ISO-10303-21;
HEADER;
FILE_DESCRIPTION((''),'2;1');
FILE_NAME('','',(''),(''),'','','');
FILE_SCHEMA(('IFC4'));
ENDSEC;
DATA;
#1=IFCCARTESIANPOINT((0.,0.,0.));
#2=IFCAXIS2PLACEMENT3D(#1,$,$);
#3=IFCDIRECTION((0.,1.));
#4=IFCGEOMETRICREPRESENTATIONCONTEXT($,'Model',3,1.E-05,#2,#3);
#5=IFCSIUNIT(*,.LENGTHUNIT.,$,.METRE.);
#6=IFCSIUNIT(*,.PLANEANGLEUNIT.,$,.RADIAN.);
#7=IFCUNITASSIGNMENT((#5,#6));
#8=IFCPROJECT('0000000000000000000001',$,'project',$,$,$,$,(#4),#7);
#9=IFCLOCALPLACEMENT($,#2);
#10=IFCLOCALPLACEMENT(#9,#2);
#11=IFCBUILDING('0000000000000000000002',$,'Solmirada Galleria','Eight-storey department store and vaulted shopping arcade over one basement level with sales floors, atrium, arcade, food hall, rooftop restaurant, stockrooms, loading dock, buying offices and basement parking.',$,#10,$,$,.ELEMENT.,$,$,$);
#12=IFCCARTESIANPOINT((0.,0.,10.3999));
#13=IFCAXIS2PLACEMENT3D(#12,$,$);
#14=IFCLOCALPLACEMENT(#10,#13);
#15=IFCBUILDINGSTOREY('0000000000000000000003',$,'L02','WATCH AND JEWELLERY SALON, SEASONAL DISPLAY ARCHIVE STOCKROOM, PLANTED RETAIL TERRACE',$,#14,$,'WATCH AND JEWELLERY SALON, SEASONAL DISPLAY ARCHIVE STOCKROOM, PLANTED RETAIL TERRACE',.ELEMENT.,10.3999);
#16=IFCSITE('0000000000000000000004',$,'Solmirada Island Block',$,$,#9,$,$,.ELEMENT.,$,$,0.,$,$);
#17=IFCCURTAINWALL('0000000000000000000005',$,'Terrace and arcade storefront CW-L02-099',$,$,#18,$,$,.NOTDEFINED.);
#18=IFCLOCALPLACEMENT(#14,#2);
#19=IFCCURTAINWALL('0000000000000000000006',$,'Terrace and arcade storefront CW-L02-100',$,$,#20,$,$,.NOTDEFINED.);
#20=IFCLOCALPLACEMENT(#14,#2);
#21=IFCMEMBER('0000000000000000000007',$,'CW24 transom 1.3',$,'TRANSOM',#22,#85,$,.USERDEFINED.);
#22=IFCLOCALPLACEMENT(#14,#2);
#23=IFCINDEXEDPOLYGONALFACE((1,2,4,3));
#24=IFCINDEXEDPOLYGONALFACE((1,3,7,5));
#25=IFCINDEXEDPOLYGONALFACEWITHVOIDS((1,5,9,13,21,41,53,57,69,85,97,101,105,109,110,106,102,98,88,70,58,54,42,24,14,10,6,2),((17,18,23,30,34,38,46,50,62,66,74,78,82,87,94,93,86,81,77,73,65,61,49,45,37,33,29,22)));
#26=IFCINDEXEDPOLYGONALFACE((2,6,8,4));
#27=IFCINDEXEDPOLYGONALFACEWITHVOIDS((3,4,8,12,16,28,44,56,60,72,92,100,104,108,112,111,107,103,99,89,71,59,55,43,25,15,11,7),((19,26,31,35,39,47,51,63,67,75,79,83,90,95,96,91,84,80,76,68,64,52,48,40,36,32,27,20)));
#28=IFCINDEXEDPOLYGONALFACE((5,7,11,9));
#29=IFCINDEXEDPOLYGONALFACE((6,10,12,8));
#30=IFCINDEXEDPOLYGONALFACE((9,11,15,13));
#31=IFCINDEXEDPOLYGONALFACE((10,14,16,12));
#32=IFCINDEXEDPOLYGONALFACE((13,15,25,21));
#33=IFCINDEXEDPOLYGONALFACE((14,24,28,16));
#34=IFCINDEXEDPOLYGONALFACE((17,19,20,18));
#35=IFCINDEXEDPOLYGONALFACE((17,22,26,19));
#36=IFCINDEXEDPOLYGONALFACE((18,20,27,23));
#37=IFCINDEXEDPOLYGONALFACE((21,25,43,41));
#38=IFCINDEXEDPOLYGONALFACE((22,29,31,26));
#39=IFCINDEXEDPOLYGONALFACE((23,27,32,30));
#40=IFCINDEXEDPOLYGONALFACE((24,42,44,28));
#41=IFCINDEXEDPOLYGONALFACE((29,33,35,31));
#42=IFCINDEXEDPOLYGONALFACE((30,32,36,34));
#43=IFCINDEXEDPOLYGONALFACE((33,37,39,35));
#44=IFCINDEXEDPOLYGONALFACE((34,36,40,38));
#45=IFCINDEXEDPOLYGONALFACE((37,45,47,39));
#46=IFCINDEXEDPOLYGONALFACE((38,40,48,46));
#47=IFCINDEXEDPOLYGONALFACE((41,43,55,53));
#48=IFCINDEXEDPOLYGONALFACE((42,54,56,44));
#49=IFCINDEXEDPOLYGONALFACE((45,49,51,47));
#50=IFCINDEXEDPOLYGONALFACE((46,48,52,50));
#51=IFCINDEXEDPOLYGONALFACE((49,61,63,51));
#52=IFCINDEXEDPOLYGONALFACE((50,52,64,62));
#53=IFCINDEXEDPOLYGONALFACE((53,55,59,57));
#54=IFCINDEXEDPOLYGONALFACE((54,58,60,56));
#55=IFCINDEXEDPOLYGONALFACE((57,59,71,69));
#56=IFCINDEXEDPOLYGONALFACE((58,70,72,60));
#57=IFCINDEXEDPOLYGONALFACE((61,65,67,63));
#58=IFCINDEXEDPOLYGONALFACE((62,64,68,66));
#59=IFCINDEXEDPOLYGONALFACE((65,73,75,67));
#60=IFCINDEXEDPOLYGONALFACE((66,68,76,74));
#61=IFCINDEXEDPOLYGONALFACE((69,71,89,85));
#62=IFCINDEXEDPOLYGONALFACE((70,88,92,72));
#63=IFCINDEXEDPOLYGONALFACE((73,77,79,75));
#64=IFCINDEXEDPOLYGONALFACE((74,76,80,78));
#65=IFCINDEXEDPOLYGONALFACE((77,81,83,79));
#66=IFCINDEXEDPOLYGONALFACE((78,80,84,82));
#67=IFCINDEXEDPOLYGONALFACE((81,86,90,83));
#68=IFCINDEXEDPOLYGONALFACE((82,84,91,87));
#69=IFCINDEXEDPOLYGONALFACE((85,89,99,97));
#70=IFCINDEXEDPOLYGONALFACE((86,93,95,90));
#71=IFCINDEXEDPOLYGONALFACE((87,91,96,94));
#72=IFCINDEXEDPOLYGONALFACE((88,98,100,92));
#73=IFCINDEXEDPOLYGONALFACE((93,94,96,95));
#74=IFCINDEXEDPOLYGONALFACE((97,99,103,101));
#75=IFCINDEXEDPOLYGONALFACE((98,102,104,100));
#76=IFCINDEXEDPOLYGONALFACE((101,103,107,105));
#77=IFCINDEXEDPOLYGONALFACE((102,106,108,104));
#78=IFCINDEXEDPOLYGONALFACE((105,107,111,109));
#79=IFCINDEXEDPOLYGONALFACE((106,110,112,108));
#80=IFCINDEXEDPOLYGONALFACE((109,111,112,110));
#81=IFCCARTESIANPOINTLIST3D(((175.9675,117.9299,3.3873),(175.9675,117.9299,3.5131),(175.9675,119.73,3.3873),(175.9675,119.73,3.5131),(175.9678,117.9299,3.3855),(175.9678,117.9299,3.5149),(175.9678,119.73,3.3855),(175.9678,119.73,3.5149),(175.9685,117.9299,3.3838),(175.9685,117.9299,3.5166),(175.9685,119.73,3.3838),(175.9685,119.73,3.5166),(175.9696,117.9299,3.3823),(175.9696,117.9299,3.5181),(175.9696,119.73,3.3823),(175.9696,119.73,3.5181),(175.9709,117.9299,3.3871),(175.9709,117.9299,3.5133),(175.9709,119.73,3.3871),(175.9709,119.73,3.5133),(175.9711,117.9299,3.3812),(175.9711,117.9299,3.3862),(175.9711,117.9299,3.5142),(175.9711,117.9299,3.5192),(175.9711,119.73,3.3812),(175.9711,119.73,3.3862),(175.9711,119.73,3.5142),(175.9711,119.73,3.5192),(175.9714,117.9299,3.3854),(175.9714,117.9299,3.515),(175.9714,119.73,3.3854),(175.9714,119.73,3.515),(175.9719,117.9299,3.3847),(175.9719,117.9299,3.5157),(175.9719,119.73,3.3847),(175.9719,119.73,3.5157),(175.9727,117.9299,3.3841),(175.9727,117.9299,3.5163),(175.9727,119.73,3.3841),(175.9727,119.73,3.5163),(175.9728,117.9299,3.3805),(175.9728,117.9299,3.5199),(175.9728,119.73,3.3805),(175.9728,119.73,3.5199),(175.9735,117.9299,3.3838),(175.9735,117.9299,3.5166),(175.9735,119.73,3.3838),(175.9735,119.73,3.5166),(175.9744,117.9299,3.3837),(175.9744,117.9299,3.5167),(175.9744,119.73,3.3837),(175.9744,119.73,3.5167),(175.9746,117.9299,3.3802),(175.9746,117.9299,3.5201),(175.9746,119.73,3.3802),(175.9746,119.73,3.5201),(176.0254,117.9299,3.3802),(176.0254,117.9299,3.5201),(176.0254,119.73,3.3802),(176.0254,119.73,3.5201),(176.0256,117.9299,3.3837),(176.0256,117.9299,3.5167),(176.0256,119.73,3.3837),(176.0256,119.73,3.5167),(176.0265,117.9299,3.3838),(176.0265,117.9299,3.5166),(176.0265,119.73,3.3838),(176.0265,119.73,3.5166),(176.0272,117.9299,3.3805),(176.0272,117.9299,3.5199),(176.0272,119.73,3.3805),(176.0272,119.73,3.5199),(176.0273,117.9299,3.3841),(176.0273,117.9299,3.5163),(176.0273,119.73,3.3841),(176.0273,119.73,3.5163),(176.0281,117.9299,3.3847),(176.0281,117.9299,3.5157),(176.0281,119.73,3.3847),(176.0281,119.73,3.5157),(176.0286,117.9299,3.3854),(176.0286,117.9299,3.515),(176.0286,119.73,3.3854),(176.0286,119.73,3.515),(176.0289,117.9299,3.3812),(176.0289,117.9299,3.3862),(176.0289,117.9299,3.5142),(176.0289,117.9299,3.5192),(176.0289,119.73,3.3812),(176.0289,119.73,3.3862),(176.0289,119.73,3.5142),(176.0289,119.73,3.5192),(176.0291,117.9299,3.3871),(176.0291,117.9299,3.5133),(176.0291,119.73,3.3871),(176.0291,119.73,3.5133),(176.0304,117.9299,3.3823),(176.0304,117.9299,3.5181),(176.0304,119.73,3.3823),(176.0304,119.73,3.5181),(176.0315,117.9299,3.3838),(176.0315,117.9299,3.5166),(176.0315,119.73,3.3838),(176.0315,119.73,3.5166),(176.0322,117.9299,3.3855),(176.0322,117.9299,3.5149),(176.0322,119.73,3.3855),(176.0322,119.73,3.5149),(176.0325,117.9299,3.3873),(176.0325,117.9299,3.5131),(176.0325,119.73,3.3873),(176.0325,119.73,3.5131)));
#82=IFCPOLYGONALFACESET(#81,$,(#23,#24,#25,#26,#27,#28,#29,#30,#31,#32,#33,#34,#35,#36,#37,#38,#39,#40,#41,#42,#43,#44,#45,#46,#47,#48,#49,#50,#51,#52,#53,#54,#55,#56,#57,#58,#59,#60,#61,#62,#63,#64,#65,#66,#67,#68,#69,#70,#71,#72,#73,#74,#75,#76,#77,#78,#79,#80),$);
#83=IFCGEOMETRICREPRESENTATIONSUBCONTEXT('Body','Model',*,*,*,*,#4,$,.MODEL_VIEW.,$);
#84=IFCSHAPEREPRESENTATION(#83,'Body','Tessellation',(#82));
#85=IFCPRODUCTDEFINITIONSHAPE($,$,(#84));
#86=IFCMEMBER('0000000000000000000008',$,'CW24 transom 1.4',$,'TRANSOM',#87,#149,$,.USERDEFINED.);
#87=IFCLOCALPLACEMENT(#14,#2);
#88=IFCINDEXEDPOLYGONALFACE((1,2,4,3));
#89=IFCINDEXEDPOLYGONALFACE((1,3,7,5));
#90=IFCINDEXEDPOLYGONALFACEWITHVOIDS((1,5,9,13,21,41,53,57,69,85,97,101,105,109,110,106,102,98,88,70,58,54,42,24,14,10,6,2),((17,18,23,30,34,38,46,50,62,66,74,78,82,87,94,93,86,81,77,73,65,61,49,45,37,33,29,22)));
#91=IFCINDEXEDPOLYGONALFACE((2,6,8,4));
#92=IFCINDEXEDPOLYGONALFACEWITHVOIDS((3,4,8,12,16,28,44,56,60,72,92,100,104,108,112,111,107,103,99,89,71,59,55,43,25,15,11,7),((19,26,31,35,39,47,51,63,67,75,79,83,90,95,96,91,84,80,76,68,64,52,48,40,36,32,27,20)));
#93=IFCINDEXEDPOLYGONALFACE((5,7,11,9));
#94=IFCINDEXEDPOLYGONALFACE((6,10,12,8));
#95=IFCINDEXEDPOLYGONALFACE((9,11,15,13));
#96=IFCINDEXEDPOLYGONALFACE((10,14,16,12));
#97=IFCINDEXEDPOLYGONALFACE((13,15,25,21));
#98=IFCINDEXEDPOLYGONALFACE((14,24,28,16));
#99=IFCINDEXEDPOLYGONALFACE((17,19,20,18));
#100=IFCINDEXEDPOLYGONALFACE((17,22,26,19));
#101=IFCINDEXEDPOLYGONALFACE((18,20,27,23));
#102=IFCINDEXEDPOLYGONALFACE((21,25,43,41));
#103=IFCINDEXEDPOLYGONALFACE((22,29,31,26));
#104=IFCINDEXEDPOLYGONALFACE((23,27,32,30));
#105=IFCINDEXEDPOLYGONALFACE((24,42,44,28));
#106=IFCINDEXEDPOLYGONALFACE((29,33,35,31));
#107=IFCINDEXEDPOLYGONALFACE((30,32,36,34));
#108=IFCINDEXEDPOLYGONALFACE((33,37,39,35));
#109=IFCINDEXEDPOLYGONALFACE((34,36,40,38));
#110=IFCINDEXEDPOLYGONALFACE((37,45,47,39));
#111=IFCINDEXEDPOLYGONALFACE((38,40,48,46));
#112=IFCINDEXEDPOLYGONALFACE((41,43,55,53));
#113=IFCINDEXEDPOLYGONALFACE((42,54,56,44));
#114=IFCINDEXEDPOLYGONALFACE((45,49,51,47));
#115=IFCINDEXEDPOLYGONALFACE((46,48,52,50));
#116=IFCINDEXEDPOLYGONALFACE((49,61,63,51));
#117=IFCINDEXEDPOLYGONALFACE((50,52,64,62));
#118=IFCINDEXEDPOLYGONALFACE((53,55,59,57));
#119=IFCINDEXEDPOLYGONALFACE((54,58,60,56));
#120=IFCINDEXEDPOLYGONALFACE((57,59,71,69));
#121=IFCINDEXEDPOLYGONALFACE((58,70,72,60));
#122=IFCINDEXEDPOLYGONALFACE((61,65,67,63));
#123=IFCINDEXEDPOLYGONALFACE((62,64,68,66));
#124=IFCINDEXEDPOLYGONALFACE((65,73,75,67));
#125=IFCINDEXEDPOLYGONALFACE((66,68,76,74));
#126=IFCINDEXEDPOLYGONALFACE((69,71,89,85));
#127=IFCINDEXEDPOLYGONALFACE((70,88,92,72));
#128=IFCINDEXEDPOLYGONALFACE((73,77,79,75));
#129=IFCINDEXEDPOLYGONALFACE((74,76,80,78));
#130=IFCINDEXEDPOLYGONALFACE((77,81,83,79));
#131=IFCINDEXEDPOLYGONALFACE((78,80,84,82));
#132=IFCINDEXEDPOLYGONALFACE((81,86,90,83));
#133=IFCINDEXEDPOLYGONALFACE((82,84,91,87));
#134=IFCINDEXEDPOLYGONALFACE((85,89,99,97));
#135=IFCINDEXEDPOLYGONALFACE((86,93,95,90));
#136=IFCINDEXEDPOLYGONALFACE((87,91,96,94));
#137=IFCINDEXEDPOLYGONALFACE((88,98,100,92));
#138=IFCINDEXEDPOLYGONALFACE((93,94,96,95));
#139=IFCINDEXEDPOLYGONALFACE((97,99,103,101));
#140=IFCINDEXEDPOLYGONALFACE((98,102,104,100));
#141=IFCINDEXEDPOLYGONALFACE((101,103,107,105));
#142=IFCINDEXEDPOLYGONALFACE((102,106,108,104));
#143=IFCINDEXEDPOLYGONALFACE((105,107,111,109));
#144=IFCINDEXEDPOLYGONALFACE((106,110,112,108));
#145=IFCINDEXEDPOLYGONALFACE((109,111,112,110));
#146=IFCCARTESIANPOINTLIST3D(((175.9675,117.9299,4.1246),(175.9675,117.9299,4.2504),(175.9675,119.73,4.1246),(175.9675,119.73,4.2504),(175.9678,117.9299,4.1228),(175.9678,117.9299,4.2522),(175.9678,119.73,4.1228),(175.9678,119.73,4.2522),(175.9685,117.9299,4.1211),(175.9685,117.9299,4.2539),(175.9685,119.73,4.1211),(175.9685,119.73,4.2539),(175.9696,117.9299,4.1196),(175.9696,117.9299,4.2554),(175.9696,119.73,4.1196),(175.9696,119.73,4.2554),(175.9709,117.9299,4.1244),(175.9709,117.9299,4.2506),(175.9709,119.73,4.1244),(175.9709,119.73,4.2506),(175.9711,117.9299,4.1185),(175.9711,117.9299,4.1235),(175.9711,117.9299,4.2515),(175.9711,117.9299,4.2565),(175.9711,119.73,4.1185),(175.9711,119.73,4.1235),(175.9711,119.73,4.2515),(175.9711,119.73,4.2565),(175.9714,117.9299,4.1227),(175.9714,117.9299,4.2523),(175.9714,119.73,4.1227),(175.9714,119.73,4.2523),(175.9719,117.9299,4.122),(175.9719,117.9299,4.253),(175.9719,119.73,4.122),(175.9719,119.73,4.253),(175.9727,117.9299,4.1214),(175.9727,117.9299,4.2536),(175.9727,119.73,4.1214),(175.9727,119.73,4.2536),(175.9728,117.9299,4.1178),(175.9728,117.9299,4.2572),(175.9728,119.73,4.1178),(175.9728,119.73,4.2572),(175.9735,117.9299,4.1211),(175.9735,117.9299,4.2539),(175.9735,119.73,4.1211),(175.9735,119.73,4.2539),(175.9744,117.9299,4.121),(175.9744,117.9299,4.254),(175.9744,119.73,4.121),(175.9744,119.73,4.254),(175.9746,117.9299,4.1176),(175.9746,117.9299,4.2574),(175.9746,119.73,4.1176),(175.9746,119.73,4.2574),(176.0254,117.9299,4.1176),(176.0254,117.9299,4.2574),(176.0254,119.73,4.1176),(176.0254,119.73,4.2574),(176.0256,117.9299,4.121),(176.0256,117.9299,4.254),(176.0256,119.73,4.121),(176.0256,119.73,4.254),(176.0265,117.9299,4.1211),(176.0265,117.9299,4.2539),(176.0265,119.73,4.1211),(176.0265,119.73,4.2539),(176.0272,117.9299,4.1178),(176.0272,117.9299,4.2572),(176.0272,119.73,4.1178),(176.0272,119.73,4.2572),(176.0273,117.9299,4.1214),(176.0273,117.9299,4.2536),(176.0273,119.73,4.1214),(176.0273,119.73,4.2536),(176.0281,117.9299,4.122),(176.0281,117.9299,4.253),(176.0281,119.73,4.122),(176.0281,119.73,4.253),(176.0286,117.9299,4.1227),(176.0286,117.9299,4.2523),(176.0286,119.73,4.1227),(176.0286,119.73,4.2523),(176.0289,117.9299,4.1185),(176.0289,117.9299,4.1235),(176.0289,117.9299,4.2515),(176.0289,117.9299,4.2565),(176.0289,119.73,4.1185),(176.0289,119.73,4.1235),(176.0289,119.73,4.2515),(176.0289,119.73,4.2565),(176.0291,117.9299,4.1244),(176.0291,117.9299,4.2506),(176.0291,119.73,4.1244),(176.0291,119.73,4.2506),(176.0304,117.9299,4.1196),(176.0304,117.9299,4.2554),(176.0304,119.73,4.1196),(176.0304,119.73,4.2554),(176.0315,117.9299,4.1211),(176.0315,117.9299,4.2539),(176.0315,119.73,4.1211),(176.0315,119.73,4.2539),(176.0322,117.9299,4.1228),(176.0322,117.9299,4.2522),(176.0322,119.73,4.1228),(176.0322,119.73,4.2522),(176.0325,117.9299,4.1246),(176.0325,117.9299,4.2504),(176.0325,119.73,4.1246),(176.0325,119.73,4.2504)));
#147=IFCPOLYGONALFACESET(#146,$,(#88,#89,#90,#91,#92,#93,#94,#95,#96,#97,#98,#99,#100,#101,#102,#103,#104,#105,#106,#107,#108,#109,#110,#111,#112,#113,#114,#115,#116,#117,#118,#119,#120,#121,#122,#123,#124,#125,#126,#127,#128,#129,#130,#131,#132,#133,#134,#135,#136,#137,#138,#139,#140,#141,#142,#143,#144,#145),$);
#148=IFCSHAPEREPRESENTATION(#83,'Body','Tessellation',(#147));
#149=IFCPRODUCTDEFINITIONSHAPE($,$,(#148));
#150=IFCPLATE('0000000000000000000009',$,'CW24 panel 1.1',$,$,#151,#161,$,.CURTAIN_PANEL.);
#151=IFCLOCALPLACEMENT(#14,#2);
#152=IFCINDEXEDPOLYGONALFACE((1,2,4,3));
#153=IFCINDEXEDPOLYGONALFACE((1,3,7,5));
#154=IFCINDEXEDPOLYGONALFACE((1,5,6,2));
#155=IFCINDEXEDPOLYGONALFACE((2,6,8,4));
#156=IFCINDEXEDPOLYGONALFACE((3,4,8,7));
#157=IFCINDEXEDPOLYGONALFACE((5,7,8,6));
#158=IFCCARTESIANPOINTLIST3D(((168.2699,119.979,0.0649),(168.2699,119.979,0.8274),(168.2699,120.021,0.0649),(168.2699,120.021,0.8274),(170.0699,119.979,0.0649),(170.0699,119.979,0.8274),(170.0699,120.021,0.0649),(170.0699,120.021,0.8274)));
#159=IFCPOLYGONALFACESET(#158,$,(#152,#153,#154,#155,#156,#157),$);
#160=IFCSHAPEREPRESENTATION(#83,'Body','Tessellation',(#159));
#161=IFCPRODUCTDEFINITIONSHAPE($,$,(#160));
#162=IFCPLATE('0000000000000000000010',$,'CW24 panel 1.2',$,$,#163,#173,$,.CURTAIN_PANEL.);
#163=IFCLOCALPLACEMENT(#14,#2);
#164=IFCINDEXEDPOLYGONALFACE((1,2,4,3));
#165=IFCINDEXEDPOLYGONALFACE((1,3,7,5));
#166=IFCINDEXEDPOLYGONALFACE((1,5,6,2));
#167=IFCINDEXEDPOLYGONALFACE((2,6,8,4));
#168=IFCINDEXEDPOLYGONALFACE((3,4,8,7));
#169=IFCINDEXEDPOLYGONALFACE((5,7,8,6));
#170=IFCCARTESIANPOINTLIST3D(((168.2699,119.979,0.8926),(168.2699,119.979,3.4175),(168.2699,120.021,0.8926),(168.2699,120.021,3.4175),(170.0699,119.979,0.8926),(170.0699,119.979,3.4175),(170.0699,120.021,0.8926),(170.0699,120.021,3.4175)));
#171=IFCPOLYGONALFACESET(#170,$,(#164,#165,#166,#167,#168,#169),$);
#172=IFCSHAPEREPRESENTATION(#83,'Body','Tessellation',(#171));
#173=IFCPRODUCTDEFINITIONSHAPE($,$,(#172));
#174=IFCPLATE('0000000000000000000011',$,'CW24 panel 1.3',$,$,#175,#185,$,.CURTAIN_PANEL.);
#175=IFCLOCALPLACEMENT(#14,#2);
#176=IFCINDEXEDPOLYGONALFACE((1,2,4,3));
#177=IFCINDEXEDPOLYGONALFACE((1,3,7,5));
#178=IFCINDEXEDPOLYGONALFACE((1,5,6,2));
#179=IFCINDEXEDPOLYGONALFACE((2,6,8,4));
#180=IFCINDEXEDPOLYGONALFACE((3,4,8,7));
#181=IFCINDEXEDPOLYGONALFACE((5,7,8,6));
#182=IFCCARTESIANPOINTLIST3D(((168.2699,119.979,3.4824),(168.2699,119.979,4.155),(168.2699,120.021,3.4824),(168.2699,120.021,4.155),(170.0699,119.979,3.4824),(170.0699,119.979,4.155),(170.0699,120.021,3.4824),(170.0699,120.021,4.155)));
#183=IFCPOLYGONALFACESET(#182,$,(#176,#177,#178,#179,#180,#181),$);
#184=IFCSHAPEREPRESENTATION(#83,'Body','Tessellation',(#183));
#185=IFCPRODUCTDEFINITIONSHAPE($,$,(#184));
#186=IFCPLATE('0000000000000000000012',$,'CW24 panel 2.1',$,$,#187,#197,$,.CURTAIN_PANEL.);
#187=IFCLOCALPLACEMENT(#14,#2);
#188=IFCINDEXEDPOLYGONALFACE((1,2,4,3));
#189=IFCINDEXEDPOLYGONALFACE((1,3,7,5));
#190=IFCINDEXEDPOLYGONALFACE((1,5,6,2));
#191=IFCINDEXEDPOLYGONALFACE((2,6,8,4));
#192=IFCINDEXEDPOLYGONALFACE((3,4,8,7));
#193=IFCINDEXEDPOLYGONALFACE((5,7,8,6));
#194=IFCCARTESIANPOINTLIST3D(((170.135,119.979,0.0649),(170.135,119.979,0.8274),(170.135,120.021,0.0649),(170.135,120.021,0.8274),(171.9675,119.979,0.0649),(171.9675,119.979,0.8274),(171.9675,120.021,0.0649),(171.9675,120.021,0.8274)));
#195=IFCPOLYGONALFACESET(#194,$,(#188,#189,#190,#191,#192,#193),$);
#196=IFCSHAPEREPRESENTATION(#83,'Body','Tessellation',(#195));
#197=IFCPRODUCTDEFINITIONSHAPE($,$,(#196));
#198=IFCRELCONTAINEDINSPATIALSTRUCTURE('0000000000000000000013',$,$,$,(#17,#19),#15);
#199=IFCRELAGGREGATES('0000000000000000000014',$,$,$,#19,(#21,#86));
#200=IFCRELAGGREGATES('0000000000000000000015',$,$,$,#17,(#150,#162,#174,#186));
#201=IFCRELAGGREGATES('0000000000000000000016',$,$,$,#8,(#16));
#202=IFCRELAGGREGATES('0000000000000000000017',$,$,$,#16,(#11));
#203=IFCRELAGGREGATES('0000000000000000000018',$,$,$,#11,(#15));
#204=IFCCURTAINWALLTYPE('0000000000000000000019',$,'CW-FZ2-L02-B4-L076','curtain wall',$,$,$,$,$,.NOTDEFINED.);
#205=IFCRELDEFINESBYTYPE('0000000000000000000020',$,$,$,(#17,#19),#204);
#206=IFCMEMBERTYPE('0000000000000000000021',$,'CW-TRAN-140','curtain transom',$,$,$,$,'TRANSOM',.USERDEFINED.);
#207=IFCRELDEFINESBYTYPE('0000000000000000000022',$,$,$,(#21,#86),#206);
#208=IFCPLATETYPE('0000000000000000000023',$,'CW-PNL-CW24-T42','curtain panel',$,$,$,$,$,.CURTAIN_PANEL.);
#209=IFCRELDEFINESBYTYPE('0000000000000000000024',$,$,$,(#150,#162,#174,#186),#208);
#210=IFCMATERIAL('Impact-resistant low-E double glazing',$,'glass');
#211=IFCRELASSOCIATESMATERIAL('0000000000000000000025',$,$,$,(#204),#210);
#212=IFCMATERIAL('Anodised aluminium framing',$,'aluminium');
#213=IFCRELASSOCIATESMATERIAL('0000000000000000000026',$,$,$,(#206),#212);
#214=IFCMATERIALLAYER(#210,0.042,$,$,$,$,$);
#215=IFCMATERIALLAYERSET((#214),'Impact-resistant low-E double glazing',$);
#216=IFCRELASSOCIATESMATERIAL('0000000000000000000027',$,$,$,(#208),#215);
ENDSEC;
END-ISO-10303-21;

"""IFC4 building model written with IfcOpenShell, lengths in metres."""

from ifc_helpers import new_model, si_unit, direction, frame, origin, origin_2d, place, context, subcontext, project, spatial, rectangle, hollow_rectangle, extrude, material, layer, layer_set, material_profile, profile_set, type_object, element, aggregate, save


model = new_model("IFC4")

# Units and contexts
model_context = context("Model", 3, precision=1e-05, world=origin(), true_north=direction((0.0, 1.0)))
body_context = subcontext(model_context, "Body", "Model", "MODEL_VIEW")
ifc_project = project(units=[si_unit("LENGTHUNIT", "METRE"), si_unit("PLANEANGLEUNIT", "RADIAN")], contexts=[model_context])

# Site, building, storey
site_placement = place(None, origin())
site = spatial("IfcSite", under=ifc_project, at=site_placement, Name="Solmirada Island Block", CompositionType="ELEMENT", RefElevation=0.0)
building_placement = place(site_placement, origin())
building = spatial("IfcBuilding", under=site, at=building_placement, Name="Solmirada Galleria", Description="Eight-storey department store and vaulted shopping arcade over one basement level with sales floors, atrium, arcade, food hall, rooftop restaurant, stockrooms, loading dock, buying offices and basement parking.", CompositionType="ELEMENT")
storey_placement = place(building_placement, frame((0.0, 0.0, 10.3999)))
storey = spatial("IfcBuildingStorey", under=building, at=storey_placement, Name="L02", Description="WATCH AND JEWELLERY SALON, SEASONAL DISPLAY ARCHIVE STOCKROOM, PLANTED RETAIL TERRACE", LongName="WATCH AND JEWELLERY SALON, SEASONAL DISPLAY ARCHIVE STOCKROOM, PLANTED RETAIL TERRACE", CompositionType="ELEMENT", Elevation=10.3999)

# Curtain wall
ifc_material_1 = material(Name="Impact-resistant low-E double glazing", Category="glass")
curtain_wall_type = type_object("IfcCurtainWallType", Name="CW-FZ2-L02-B4-L076", Description="curtain wall", PredefinedType="NOTDEFINED", material=ifc_material_1)
curtain_wall_1_placement = place(storey_placement, origin())
curtain_wall_1 = element("IfcCurtainWall", 1, at=curtain_wall_1_placement, inside=storey, type_object=curtain_wall_type, Name="Terrace and arcade storefront CW-L02-099", PredefinedType="NOTDEFINED")
ifc_material_2 = material(Name="Anodised aluminium framing", Category="aluminium")

# Curtain wall
curtain_wall_2_placement = place(storey_placement, origin())
curtain_wall_2 = element("IfcCurtainWall", 2, at=curtain_wall_2_placement, inside=storey, type_object=curtain_wall_type, Name="Terrace and arcade storefront CW-L02-100", PredefinedType="NOTDEFINED")

# Members
ifc_material_profile_1 = material_profile(ifc_material_2, hollow_rectangle(XDim=0.0649, YDim=0.1399, WallThickness=0.0034, InnerFilletRadius=0.0034, OuterFilletRadius=0.0071, at=origin_2d()), Name="ALU-TRAN-140X65")
ifc_profile_set_1 = profile_set([ifc_material_profile_1], Name="Anodised aluminium framing")
member_type_1 = type_object("IfcMemberType", Name="CW-TRAN-140", Description="curtain transom", ElementType="TRANSOM", PredefinedType="USERDEFINED", material=ifc_profile_set_1)
member_1_placement = place(storey_placement, frame((176.0, 119.73, 3.4502), z_axis=(0.0, -1.0, 0.0), x_axis=(1.0, 0.0, 0.0)))
member_1 = element("IfcMember", 3, at=member_1_placement, type_object=member_type_1, Name="CW24 transom 1.3", ObjectType="TRANSOM", PredefinedType="USERDEFINED", context=body_context, shape_type="SweptSolid", body=[
    extrude(hollow_rectangle(XDim=0.0649, YDim=0.1399, WallThickness=0.0034, InnerFilletRadius=0.0034, OuterFilletRadius=0.0071, at=origin_2d()), origin(), (0.0, 0.0, 1.0), 1.8),
])
member_2_placement = place(storey_placement, frame((176.0, 119.73, 4.1875), z_axis=(0.0, -1.0, 0.0), x_axis=(1.0, 0.0, 0.0)))
member_2 = element("IfcMember", 4, at=member_2_placement, type_object=member_type_1, Name="CW24 transom 1.4", ObjectType="TRANSOM", PredefinedType="USERDEFINED", context=body_context, shape_type="SweptSolid", body=[
    extrude(hollow_rectangle(XDim=0.0649, YDim=0.1399, WallThickness=0.0034, InnerFilletRadius=0.0034, OuterFilletRadius=0.0071, at=origin_2d()), origin(), (0.0, 0.0, 1.0), 1.8),
])
aggregate(curtain_wall_2, [member_1, member_2])

# Plates
ifc_layer = layer(ifc_material_1, 0.042)
ifc_layer_set = layer_set([ifc_layer], Name="Impact-resistant low-E double glazing")
plate_type = type_object("IfcPlateType", Name="CW-PNL-CW24-T42", Description="curtain panel", PredefinedType="CURTAIN_PANEL", material=ifc_layer_set)
plate_1_placement = place(storey_placement, frame((169.1699, 120.0, 0.0649), z_axis=(0.0, 0.0, 1.0), x_axis=(1.0, 0.0, 0.0)))
plate_1 = element("IfcPlate", 5, at=plate_1_placement, type_object=plate_type, Name="CW24 panel 1.1", PredefinedType="CURTAIN_PANEL", context=body_context, shape_type="SweptSolid", body=[
    extrude(rectangle(XDim=1.8, YDim=0.042, at=origin_2d()), origin(), (0.0, 0.0, 1.0), 0.7625),
])
plate_2_placement = place(storey_placement, frame((169.1699, 120.0, 0.8926), z_axis=(0.0, 0.0, 1.0), x_axis=(1.0, 0.0, 0.0)))
plate_2 = element("IfcPlate", 6, at=plate_2_placement, type_object=plate_type, Name="CW24 panel 1.2", PredefinedType="CURTAIN_PANEL", context=body_context, shape_type="SweptSolid", body=[
    extrude(rectangle(XDim=1.8, YDim=0.042, at=origin_2d()), origin(), (0.0, 0.0, 1.0), 2.5249),
])
plate_3_placement = place(storey_placement, frame((169.1699, 120.0, 3.4824), z_axis=(0.0, 0.0, 1.0), x_axis=(1.0, 0.0, 0.0)))
plate_3 = element("IfcPlate", 7, at=plate_3_placement, type_object=plate_type, Name="CW24 panel 1.3", PredefinedType="CURTAIN_PANEL", context=body_context, shape_type="SweptSolid", body=[
    extrude(rectangle(XDim=1.8, YDim=0.042, at=origin_2d()), origin(), (0.0, 0.0, 1.0), 0.6726),
])
plate_4_placement = place(storey_placement, frame((171.0513, 120.0, 0.0649), z_axis=(0.0, 0.0, 1.0), x_axis=(1.0, 0.0, 0.0)))
plate_4 = element("IfcPlate", 8, at=plate_4_placement, type_object=plate_type, Name="CW24 panel 2.1", PredefinedType="CURTAIN_PANEL", context=body_context, shape_type="SweptSolid", body=[
    extrude(rectangle(XDim=1.8325, YDim=0.042, at=origin_2d()), origin(), (0.0, 0.0, 1.0), 0.7625),
])
aggregate(curtain_wall_1, [plate_1, plate_2, plate_3, plate_4])

save(model, "model.ifc")
